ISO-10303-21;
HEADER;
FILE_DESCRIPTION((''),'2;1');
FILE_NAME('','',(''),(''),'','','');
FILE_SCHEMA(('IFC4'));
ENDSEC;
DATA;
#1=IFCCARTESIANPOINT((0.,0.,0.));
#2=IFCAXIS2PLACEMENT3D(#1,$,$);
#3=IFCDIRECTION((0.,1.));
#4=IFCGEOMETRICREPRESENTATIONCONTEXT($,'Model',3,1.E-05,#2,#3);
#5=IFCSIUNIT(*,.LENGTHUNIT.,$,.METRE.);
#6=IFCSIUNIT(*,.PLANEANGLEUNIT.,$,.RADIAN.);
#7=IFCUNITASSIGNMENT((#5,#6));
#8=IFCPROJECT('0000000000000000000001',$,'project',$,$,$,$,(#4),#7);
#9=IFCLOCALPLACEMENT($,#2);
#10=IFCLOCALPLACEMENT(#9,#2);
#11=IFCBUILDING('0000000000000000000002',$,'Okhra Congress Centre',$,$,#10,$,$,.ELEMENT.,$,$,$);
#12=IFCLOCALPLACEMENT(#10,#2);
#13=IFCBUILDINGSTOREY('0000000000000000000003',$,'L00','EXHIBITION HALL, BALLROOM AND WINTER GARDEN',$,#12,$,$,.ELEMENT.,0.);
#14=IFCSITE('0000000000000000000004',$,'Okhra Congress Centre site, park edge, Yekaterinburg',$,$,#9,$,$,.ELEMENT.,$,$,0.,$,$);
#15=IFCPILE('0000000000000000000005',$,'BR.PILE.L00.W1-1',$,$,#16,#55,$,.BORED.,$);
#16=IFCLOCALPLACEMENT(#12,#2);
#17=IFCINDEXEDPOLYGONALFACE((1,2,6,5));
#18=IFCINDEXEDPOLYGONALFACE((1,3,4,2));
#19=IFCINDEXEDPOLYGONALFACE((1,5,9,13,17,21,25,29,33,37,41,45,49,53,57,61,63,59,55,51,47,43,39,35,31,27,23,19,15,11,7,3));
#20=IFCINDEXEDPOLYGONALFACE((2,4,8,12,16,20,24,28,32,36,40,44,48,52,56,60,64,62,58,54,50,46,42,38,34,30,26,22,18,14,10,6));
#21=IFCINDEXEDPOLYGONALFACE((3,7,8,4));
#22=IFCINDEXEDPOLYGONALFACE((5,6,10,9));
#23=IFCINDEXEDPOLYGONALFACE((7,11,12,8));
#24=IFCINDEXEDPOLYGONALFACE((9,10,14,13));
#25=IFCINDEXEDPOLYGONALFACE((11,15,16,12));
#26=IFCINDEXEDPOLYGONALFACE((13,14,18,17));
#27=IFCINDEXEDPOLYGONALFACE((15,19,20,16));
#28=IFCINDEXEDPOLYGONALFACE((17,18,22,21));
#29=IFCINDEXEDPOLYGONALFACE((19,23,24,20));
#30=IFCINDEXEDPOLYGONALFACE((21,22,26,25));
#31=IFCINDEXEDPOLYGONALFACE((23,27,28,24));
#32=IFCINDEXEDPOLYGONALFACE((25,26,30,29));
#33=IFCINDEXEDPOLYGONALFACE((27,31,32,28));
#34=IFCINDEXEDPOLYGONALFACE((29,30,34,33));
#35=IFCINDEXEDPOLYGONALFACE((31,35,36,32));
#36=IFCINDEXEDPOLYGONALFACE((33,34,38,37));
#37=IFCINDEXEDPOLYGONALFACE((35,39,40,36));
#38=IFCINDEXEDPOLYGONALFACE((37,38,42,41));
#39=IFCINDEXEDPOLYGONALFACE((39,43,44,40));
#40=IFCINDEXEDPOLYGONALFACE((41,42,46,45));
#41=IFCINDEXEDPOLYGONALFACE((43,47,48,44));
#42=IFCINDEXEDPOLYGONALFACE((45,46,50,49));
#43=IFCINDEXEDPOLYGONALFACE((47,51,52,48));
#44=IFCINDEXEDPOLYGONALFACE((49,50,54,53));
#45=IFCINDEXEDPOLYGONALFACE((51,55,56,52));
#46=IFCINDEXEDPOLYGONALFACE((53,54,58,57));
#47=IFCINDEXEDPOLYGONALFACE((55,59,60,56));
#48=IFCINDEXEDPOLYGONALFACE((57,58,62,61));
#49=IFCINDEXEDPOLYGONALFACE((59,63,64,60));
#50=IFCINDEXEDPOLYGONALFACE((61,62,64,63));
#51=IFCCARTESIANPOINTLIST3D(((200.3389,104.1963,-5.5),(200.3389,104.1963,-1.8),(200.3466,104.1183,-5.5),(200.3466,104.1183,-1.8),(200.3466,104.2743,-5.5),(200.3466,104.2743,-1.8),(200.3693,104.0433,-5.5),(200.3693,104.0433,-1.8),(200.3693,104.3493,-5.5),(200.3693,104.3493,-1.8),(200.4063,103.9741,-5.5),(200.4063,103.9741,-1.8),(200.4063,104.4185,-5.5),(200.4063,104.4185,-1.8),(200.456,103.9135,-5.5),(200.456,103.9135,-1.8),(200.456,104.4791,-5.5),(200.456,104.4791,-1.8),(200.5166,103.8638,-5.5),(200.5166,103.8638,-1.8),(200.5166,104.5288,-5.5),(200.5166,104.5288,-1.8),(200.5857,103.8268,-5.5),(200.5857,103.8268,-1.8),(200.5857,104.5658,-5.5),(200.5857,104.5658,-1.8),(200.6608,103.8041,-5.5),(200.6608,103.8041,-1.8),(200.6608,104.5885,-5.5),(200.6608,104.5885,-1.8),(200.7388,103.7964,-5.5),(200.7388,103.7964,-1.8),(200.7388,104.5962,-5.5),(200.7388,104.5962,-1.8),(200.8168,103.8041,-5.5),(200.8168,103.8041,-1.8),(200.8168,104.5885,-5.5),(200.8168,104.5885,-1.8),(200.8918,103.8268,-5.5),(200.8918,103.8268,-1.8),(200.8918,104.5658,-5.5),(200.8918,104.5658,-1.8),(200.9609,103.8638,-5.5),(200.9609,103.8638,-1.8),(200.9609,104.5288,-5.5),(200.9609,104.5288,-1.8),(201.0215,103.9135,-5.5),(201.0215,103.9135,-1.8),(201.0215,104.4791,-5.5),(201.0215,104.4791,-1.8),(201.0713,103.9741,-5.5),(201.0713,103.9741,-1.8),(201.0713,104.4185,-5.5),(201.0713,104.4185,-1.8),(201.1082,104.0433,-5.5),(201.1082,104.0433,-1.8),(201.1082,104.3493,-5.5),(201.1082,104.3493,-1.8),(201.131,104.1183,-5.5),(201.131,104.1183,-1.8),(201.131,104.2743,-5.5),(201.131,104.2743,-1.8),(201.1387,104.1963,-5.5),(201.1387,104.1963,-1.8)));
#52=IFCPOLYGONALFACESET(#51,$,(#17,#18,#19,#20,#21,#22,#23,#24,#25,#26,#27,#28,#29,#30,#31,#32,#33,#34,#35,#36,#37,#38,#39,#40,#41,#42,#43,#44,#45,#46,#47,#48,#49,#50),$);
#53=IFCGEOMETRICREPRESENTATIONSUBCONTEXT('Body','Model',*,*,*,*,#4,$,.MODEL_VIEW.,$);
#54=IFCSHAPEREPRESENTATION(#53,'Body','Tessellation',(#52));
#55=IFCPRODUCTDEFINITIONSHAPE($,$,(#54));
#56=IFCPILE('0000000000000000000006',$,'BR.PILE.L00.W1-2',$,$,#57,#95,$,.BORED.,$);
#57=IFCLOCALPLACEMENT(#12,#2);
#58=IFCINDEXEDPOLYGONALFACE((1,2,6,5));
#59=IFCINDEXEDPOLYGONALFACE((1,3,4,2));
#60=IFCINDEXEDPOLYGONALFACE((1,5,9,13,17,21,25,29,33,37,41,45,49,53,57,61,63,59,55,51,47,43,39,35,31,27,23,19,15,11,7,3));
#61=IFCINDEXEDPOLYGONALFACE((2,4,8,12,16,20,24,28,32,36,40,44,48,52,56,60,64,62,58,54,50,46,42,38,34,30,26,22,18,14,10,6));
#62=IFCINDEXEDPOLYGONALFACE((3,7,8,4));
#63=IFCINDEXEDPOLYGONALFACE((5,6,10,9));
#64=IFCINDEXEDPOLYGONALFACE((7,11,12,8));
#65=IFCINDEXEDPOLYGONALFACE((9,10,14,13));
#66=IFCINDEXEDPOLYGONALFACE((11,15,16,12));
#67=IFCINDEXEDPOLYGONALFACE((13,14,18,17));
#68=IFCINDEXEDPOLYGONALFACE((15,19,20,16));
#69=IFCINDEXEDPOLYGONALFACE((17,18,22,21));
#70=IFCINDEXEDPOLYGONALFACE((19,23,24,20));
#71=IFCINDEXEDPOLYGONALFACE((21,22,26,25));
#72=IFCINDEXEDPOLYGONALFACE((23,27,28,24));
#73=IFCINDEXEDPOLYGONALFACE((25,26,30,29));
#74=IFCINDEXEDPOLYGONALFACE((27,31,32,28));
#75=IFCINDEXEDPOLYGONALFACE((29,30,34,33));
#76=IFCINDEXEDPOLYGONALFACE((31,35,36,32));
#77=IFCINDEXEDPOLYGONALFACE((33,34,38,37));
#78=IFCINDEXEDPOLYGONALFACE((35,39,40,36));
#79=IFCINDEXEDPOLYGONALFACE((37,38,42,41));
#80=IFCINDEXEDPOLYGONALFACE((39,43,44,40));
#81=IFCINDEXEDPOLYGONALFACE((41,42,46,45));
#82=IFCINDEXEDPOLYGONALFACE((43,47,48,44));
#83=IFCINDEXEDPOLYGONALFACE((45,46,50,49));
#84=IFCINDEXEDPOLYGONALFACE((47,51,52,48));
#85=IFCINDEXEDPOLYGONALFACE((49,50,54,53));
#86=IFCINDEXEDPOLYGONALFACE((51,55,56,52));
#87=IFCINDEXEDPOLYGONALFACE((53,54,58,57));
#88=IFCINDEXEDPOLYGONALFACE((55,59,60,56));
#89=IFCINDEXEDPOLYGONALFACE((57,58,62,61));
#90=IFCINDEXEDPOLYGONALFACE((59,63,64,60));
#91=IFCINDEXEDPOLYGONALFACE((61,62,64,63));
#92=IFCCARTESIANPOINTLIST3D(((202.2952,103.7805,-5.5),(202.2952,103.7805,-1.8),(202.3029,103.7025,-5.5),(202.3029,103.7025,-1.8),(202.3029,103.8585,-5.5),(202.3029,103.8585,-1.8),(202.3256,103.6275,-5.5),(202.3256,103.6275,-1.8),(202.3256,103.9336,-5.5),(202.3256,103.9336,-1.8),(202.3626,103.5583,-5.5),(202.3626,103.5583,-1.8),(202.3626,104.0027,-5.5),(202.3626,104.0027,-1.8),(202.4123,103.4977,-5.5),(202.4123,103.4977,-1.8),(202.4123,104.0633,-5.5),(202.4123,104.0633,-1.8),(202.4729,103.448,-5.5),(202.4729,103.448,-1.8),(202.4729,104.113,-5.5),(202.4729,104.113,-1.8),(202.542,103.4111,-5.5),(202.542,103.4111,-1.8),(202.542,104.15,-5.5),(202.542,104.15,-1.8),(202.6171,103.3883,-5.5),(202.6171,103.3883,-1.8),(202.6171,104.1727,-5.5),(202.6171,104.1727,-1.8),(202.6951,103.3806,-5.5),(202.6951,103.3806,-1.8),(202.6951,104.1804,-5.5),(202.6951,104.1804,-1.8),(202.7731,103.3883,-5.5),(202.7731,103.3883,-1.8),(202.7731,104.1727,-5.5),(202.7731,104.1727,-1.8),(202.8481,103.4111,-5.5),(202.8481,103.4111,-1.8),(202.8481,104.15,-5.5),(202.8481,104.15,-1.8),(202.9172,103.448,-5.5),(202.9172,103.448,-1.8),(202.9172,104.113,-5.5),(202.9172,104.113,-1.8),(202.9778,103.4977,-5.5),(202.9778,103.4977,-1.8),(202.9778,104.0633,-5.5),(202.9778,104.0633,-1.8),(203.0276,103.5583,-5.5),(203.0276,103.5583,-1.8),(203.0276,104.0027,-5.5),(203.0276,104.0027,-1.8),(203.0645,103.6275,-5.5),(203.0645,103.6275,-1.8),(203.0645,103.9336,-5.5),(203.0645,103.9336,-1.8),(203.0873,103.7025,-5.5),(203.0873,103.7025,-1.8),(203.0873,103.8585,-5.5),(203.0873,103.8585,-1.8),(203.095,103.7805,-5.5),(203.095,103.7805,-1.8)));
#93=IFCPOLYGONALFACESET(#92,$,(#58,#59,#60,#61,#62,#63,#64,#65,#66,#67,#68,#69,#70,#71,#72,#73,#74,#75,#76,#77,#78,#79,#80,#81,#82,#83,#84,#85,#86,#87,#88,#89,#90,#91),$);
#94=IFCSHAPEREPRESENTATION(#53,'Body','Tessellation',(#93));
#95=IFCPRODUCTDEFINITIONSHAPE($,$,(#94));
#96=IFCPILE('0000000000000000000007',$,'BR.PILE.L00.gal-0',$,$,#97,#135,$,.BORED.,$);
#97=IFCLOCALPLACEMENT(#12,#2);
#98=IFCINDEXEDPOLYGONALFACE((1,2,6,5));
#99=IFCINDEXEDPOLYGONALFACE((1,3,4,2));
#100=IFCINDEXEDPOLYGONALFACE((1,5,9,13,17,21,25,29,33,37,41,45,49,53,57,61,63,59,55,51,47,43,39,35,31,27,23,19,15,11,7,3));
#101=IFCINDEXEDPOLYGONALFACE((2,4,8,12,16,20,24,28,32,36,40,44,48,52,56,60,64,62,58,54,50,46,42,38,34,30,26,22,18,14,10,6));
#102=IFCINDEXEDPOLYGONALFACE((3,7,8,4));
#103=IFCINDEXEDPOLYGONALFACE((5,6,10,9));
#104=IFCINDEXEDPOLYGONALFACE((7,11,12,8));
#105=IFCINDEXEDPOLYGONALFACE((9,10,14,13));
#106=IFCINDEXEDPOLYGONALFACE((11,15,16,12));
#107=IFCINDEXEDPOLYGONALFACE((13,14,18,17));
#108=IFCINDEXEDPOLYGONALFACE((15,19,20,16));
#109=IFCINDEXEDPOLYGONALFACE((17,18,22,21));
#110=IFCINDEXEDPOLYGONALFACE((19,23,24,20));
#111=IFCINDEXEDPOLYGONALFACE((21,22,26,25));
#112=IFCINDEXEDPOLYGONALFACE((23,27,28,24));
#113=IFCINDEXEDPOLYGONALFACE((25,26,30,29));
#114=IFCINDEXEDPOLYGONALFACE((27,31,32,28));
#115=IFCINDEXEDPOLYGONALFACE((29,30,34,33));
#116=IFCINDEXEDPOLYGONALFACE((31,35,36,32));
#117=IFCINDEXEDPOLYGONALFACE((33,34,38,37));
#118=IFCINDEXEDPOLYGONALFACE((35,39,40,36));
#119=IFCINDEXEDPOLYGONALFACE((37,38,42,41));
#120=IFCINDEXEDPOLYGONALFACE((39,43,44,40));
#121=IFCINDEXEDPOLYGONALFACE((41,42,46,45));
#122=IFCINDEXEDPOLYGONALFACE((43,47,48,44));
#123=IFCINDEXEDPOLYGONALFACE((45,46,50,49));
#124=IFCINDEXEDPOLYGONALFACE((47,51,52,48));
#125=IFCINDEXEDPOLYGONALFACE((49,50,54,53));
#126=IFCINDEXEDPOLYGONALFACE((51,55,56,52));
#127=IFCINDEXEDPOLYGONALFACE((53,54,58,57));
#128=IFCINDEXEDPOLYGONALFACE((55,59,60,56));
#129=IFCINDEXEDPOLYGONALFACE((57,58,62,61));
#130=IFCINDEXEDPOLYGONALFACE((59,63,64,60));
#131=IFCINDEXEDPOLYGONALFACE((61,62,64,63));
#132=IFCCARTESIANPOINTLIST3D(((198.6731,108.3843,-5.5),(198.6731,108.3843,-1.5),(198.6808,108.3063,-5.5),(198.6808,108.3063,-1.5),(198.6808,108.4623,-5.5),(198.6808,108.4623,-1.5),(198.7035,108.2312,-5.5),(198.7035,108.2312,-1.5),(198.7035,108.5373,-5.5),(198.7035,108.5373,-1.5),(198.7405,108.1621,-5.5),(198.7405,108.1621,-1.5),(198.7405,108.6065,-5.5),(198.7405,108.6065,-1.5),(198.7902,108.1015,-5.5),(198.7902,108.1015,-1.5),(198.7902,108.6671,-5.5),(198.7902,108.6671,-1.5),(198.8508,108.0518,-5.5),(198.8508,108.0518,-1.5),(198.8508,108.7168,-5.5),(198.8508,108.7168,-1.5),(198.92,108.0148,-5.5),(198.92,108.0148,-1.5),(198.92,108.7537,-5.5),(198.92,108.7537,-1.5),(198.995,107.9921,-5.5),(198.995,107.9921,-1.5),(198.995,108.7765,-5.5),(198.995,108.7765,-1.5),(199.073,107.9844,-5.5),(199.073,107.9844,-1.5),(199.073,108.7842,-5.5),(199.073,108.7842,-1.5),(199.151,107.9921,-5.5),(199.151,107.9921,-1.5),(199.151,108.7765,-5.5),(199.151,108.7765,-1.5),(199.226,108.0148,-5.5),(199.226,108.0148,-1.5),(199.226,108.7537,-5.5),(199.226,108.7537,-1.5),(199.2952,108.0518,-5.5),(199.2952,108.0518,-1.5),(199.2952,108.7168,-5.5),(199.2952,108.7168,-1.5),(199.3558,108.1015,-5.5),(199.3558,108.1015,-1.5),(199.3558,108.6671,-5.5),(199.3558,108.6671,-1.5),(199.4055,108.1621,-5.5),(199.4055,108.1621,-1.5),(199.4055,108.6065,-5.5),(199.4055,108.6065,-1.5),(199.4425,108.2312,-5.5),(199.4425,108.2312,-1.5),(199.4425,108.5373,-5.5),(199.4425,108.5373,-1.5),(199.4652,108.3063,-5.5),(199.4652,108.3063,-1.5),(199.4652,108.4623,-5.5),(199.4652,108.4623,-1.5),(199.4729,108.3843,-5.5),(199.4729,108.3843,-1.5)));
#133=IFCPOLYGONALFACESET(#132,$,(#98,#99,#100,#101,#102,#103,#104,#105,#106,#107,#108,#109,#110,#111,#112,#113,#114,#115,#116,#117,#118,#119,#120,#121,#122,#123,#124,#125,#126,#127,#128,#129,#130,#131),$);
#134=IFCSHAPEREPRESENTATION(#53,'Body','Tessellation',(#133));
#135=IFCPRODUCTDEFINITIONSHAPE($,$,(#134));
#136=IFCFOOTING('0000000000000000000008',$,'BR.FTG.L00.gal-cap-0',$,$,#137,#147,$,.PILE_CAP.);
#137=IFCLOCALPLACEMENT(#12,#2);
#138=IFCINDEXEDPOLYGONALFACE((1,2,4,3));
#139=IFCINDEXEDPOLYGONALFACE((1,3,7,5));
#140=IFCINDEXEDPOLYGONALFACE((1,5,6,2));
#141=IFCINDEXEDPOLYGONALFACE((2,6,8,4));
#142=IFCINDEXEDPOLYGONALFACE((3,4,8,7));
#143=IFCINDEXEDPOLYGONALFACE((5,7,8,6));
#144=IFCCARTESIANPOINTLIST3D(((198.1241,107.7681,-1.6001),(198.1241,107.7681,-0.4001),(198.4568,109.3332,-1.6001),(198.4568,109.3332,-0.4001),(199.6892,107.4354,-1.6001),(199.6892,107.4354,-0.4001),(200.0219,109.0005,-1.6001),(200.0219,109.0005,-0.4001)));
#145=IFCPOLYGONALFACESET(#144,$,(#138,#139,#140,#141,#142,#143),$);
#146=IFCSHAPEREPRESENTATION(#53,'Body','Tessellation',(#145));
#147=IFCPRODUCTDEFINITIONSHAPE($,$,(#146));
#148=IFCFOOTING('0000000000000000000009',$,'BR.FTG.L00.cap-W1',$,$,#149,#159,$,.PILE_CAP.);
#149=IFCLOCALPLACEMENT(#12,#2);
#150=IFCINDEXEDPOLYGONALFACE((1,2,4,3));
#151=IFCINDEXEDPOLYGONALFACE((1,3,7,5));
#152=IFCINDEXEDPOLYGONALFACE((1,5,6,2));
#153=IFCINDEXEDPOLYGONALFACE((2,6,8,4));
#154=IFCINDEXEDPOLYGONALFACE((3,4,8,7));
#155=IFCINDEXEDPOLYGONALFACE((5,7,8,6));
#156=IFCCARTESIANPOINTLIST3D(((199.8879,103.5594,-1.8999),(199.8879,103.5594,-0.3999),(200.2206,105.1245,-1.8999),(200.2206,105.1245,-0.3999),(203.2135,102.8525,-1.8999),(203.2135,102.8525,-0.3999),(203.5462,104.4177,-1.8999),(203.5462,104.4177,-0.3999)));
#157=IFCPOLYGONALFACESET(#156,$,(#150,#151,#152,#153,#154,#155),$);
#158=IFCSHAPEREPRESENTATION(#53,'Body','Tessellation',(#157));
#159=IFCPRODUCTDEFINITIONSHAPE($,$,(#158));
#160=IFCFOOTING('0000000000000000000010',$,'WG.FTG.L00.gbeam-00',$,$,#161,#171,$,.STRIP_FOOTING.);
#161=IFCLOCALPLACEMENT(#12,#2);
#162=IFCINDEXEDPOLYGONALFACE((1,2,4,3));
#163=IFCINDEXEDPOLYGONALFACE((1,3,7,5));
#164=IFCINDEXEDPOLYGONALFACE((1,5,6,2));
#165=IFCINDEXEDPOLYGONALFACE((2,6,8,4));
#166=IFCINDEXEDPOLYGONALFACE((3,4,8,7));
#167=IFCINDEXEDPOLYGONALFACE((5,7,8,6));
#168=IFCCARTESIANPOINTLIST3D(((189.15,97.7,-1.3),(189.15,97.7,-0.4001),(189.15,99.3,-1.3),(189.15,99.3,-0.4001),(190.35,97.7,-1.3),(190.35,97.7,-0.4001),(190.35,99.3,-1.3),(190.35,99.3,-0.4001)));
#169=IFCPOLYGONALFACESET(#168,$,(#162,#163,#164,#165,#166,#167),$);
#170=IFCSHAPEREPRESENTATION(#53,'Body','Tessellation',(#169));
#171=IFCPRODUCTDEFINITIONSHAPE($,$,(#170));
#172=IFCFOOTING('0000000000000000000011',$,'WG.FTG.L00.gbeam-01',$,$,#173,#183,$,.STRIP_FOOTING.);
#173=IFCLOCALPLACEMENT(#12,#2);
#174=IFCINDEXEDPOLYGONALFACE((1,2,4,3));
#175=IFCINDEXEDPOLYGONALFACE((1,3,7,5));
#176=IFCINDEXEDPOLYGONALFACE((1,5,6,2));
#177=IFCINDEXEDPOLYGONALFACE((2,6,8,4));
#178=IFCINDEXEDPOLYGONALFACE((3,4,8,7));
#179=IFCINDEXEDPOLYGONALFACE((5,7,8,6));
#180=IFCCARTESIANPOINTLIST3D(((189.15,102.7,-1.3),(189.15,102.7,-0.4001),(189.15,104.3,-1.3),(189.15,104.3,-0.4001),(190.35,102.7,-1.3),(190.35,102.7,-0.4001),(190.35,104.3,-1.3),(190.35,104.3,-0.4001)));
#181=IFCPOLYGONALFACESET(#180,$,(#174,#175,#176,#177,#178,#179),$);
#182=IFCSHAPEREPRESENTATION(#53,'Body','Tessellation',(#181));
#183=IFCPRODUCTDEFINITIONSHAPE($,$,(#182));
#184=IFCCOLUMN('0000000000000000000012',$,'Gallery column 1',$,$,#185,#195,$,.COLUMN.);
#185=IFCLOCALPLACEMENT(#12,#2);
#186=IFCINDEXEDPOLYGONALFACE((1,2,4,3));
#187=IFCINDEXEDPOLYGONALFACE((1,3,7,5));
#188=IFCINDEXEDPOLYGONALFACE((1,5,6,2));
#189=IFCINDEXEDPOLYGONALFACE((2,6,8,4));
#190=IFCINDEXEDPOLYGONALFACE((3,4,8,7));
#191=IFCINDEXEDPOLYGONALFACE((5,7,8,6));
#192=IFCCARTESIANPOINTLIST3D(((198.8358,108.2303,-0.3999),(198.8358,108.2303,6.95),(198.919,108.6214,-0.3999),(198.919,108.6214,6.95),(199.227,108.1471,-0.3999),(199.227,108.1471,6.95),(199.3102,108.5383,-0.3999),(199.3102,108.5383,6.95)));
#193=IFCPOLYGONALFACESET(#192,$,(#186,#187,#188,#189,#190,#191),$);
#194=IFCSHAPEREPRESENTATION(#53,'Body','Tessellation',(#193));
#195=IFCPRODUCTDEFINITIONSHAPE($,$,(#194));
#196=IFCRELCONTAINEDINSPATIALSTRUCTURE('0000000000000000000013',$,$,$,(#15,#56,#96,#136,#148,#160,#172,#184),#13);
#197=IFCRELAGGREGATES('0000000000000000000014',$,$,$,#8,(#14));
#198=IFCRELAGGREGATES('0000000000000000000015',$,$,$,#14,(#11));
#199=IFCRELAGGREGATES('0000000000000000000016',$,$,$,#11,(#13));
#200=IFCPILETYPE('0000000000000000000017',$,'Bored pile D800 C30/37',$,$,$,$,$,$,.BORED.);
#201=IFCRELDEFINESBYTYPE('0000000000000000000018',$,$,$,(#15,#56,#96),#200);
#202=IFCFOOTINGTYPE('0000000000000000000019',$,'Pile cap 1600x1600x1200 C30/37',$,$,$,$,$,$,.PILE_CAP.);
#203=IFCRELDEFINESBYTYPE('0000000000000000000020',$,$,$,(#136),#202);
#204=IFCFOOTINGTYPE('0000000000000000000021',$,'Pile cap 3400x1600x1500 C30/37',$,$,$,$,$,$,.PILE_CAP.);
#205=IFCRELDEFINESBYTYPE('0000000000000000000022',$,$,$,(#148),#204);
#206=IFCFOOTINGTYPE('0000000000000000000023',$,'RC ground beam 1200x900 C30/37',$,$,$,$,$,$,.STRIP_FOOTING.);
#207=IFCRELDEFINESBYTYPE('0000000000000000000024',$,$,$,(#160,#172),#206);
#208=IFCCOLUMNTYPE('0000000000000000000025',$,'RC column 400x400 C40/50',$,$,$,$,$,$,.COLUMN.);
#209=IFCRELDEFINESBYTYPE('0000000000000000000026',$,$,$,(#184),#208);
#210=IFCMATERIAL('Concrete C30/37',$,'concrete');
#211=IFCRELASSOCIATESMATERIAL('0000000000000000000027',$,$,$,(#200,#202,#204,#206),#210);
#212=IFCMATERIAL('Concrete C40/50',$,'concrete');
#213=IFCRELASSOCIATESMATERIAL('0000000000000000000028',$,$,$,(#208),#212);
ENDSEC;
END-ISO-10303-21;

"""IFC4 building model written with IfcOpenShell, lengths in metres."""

from ifc_helpers import new_model, si_unit, direction, frame, origin, origin_2d, place, context, subcontext, project, spatial, rectangle, circle, extrude, material, material_profile, profile_set, type_object, element, save


model = new_model("IFC4")

# Units and contexts
model_context = context("Model", 3, precision=1e-05, world=origin(), true_north=direction((0.0, 1.0)))
body_context = subcontext(model_context, "Body", "Model", "MODEL_VIEW")
ifc_project = project(units=[si_unit("LENGTHUNIT", "METRE"), si_unit("PLANEANGLEUNIT", "RADIAN")], contexts=[model_context])

# Site, building, storey
site_placement = place(None, origin())
site = spatial("IfcSite", under=ifc_project, at=site_placement, Name="Okhra Congress Centre site, park edge, Yekaterinburg", CompositionType="ELEMENT", RefElevation=0.0)
building_placement = place(site_placement, origin())
building = spatial("IfcBuilding", under=site, at=building_placement, Name="Okhra Congress Centre", CompositionType="ELEMENT")
storey_placement = place(building_placement, origin())
storey = spatial("IfcBuildingStorey", under=building, at=storey_placement, Name="L00", Description="EXHIBITION HALL, BALLROOM AND WINTER GARDEN", CompositionType="ELEMENT", Elevation=0.0)

# Piles
ifc_material_1 = material(Name="Concrete C30/37", Category="concrete")
ifc_material_profile_1 = material_profile(ifc_material_1, circle(Radius=0.3999, at=origin_2d()), Name="D800")
ifc_profile_set_1 = profile_set([ifc_material_profile_1], Name="Concrete C30/37")
pile_type = type_object("IfcPileType", Name="Bored pile D800 C30/37", PredefinedType="BORED", material=ifc_profile_set_1)
for number, where, z_axis, x_axis, name in (
    (1, (200.7388, 104.1963, -1.8), (0.0, 0.0, -1.0), (1.0, 0.0, 0.0), "BR.PILE.L00.W1-1"),
    (2, (202.6951, 103.7805, -1.8), (0.0, 0.0, -1.0), (1.0, 0.0, 0.0), "BR.PILE.L00.W1-2"),
):
    element("IfcPile", number, at=place(storey_placement, frame(where, z_axis=z_axis, x_axis=x_axis)), inside=storey, type_object=pile_type, Name=name, PredefinedType="BORED", context=body_context, shape_type="SweptSolid", body=[
        extrude(circle(Radius=0.3999, at=origin_2d()), origin(), (0.0, 0.0, 1.0), 3.7),
    ])
pile_placement = place(storey_placement, frame((199.073, 108.3843, -1.5), z_axis=(0.0, 0.0, -1.0), x_axis=(1.0, 0.0, 0.0)))
element("IfcPile", 3, at=pile_placement, inside=storey, type_object=pile_type, Name="BR.PILE.L00.gal-0", PredefinedType="BORED", context=body_context, shape_type="SweptSolid", body=[
    extrude(circle(Radius=0.3999, at=origin_2d()), origin(), (0.0, 0.0, 1.0), 4.0),
])

# Footings
footing_type_1 = type_object("IfcFootingType", Name="Pile cap 1600x1600x1200 C30/37", PredefinedType="PILE_CAP", material=ifc_material_1)
footing_1_placement = place(storey_placement, frame((199.073, 108.3843, -1.6001), z_axis=(0.0, 0.0, 1.0), x_axis=(0.978148, -0.207912, 0.0)))
element("IfcFooting", 4, at=footing_1_placement, inside=storey, type_object=footing_type_1, Name="BR.FTG.L00.gal-cap-0", PredefinedType="PILE_CAP", context=body_context, shape_type="SweptSolid", body=[
    extrude(rectangle(XDim=1.6001, YDim=1.6001, at=origin_2d()), origin(), (0.0, 0.0, 1.0), 1.2),
])
footing_type_2 = type_object("IfcFootingType", Name="Pile cap 3400x1600x1500 C30/37", PredefinedType="PILE_CAP", material=ifc_material_1)
footing_2_placement = place(storey_placement, frame((201.717, 103.9885, -1.8999), z_axis=(0.0, 0.0, 1.0), x_axis=(0.978148, -0.207912, 0.0)))
element("IfcFooting", 5, at=footing_2_placement, inside=storey, type_object=footing_type_2, Name="BR.FTG.L00.cap-W1", PredefinedType="PILE_CAP", context=body_context, shape_type="SweptSolid", body=[
    extrude(rectangle(XDim=3.3999, YDim=1.6001, at=origin_2d()), origin(), (0.0, 0.0, 1.0), 1.5),
])
footing_type_3 = type_object("IfcFootingType", Name="RC ground beam 1200x900 C30/37", PredefinedType="STRIP_FOOTING", material=ifc_material_1)
for number, where, z_axis, x_axis, name in (
    (6, (189.75, 98.5, -1.3), (0.0, 0.0, 1.0), (1.0, 0.0, 0.0), "WG.FTG.L00.gbeam-00"),
    (7, (189.75, 103.5, -1.3), (0.0, 0.0, 1.0), (1.0, 0.0, 0.0), "WG.FTG.L00.gbeam-01"),
):
    element("IfcFooting", number, at=place(storey_placement, frame(where, z_axis=z_axis, x_axis=x_axis)), inside=storey, type_object=footing_type_3, Name=name, PredefinedType="STRIP_FOOTING", context=body_context, shape_type="SweptSolid", body=[
        extrude(rectangle(XDim=1.2, YDim=1.6001, at=origin_2d()), origin(), (0.0, 0.0, 1.0), 0.8999),
    ])

# Column
ifc_material_2 = material(Name="Concrete C40/50", Category="concrete")
ifc_material_profile_2 = material_profile(ifc_material_2, rectangle(XDim=0.3999, YDim=0.3999, at=origin_2d()), Name="RC 400x400")
ifc_profile_set_2 = profile_set([ifc_material_profile_2], Name="Concrete C40/50")
column_type_1 = type_object("IfcColumnType", Name="RC column 400x400 C40/50", PredefinedType="COLUMN", material=ifc_profile_set_2)
column_1_placement = place(storey_placement, frame((199.073, 108.3843, -0.3999), z_axis=(0.0, 0.0, 1.0), x_axis=(0.978148, -0.207912, 0.0)))
element("IfcColumn", 8, at=column_1_placement, inside=storey, type_object=column_type_1, Name="Gallery column 1", PredefinedType="COLUMN", context=body_context, shape_type="SweptSolid", body=[
    extrude(rectangle(XDim=0.3999, YDim=0.3999, at=origin_2d()), origin(), (0.0, 0.0, 1.0), 7.3499),
])

save(model, "model.ifc")
